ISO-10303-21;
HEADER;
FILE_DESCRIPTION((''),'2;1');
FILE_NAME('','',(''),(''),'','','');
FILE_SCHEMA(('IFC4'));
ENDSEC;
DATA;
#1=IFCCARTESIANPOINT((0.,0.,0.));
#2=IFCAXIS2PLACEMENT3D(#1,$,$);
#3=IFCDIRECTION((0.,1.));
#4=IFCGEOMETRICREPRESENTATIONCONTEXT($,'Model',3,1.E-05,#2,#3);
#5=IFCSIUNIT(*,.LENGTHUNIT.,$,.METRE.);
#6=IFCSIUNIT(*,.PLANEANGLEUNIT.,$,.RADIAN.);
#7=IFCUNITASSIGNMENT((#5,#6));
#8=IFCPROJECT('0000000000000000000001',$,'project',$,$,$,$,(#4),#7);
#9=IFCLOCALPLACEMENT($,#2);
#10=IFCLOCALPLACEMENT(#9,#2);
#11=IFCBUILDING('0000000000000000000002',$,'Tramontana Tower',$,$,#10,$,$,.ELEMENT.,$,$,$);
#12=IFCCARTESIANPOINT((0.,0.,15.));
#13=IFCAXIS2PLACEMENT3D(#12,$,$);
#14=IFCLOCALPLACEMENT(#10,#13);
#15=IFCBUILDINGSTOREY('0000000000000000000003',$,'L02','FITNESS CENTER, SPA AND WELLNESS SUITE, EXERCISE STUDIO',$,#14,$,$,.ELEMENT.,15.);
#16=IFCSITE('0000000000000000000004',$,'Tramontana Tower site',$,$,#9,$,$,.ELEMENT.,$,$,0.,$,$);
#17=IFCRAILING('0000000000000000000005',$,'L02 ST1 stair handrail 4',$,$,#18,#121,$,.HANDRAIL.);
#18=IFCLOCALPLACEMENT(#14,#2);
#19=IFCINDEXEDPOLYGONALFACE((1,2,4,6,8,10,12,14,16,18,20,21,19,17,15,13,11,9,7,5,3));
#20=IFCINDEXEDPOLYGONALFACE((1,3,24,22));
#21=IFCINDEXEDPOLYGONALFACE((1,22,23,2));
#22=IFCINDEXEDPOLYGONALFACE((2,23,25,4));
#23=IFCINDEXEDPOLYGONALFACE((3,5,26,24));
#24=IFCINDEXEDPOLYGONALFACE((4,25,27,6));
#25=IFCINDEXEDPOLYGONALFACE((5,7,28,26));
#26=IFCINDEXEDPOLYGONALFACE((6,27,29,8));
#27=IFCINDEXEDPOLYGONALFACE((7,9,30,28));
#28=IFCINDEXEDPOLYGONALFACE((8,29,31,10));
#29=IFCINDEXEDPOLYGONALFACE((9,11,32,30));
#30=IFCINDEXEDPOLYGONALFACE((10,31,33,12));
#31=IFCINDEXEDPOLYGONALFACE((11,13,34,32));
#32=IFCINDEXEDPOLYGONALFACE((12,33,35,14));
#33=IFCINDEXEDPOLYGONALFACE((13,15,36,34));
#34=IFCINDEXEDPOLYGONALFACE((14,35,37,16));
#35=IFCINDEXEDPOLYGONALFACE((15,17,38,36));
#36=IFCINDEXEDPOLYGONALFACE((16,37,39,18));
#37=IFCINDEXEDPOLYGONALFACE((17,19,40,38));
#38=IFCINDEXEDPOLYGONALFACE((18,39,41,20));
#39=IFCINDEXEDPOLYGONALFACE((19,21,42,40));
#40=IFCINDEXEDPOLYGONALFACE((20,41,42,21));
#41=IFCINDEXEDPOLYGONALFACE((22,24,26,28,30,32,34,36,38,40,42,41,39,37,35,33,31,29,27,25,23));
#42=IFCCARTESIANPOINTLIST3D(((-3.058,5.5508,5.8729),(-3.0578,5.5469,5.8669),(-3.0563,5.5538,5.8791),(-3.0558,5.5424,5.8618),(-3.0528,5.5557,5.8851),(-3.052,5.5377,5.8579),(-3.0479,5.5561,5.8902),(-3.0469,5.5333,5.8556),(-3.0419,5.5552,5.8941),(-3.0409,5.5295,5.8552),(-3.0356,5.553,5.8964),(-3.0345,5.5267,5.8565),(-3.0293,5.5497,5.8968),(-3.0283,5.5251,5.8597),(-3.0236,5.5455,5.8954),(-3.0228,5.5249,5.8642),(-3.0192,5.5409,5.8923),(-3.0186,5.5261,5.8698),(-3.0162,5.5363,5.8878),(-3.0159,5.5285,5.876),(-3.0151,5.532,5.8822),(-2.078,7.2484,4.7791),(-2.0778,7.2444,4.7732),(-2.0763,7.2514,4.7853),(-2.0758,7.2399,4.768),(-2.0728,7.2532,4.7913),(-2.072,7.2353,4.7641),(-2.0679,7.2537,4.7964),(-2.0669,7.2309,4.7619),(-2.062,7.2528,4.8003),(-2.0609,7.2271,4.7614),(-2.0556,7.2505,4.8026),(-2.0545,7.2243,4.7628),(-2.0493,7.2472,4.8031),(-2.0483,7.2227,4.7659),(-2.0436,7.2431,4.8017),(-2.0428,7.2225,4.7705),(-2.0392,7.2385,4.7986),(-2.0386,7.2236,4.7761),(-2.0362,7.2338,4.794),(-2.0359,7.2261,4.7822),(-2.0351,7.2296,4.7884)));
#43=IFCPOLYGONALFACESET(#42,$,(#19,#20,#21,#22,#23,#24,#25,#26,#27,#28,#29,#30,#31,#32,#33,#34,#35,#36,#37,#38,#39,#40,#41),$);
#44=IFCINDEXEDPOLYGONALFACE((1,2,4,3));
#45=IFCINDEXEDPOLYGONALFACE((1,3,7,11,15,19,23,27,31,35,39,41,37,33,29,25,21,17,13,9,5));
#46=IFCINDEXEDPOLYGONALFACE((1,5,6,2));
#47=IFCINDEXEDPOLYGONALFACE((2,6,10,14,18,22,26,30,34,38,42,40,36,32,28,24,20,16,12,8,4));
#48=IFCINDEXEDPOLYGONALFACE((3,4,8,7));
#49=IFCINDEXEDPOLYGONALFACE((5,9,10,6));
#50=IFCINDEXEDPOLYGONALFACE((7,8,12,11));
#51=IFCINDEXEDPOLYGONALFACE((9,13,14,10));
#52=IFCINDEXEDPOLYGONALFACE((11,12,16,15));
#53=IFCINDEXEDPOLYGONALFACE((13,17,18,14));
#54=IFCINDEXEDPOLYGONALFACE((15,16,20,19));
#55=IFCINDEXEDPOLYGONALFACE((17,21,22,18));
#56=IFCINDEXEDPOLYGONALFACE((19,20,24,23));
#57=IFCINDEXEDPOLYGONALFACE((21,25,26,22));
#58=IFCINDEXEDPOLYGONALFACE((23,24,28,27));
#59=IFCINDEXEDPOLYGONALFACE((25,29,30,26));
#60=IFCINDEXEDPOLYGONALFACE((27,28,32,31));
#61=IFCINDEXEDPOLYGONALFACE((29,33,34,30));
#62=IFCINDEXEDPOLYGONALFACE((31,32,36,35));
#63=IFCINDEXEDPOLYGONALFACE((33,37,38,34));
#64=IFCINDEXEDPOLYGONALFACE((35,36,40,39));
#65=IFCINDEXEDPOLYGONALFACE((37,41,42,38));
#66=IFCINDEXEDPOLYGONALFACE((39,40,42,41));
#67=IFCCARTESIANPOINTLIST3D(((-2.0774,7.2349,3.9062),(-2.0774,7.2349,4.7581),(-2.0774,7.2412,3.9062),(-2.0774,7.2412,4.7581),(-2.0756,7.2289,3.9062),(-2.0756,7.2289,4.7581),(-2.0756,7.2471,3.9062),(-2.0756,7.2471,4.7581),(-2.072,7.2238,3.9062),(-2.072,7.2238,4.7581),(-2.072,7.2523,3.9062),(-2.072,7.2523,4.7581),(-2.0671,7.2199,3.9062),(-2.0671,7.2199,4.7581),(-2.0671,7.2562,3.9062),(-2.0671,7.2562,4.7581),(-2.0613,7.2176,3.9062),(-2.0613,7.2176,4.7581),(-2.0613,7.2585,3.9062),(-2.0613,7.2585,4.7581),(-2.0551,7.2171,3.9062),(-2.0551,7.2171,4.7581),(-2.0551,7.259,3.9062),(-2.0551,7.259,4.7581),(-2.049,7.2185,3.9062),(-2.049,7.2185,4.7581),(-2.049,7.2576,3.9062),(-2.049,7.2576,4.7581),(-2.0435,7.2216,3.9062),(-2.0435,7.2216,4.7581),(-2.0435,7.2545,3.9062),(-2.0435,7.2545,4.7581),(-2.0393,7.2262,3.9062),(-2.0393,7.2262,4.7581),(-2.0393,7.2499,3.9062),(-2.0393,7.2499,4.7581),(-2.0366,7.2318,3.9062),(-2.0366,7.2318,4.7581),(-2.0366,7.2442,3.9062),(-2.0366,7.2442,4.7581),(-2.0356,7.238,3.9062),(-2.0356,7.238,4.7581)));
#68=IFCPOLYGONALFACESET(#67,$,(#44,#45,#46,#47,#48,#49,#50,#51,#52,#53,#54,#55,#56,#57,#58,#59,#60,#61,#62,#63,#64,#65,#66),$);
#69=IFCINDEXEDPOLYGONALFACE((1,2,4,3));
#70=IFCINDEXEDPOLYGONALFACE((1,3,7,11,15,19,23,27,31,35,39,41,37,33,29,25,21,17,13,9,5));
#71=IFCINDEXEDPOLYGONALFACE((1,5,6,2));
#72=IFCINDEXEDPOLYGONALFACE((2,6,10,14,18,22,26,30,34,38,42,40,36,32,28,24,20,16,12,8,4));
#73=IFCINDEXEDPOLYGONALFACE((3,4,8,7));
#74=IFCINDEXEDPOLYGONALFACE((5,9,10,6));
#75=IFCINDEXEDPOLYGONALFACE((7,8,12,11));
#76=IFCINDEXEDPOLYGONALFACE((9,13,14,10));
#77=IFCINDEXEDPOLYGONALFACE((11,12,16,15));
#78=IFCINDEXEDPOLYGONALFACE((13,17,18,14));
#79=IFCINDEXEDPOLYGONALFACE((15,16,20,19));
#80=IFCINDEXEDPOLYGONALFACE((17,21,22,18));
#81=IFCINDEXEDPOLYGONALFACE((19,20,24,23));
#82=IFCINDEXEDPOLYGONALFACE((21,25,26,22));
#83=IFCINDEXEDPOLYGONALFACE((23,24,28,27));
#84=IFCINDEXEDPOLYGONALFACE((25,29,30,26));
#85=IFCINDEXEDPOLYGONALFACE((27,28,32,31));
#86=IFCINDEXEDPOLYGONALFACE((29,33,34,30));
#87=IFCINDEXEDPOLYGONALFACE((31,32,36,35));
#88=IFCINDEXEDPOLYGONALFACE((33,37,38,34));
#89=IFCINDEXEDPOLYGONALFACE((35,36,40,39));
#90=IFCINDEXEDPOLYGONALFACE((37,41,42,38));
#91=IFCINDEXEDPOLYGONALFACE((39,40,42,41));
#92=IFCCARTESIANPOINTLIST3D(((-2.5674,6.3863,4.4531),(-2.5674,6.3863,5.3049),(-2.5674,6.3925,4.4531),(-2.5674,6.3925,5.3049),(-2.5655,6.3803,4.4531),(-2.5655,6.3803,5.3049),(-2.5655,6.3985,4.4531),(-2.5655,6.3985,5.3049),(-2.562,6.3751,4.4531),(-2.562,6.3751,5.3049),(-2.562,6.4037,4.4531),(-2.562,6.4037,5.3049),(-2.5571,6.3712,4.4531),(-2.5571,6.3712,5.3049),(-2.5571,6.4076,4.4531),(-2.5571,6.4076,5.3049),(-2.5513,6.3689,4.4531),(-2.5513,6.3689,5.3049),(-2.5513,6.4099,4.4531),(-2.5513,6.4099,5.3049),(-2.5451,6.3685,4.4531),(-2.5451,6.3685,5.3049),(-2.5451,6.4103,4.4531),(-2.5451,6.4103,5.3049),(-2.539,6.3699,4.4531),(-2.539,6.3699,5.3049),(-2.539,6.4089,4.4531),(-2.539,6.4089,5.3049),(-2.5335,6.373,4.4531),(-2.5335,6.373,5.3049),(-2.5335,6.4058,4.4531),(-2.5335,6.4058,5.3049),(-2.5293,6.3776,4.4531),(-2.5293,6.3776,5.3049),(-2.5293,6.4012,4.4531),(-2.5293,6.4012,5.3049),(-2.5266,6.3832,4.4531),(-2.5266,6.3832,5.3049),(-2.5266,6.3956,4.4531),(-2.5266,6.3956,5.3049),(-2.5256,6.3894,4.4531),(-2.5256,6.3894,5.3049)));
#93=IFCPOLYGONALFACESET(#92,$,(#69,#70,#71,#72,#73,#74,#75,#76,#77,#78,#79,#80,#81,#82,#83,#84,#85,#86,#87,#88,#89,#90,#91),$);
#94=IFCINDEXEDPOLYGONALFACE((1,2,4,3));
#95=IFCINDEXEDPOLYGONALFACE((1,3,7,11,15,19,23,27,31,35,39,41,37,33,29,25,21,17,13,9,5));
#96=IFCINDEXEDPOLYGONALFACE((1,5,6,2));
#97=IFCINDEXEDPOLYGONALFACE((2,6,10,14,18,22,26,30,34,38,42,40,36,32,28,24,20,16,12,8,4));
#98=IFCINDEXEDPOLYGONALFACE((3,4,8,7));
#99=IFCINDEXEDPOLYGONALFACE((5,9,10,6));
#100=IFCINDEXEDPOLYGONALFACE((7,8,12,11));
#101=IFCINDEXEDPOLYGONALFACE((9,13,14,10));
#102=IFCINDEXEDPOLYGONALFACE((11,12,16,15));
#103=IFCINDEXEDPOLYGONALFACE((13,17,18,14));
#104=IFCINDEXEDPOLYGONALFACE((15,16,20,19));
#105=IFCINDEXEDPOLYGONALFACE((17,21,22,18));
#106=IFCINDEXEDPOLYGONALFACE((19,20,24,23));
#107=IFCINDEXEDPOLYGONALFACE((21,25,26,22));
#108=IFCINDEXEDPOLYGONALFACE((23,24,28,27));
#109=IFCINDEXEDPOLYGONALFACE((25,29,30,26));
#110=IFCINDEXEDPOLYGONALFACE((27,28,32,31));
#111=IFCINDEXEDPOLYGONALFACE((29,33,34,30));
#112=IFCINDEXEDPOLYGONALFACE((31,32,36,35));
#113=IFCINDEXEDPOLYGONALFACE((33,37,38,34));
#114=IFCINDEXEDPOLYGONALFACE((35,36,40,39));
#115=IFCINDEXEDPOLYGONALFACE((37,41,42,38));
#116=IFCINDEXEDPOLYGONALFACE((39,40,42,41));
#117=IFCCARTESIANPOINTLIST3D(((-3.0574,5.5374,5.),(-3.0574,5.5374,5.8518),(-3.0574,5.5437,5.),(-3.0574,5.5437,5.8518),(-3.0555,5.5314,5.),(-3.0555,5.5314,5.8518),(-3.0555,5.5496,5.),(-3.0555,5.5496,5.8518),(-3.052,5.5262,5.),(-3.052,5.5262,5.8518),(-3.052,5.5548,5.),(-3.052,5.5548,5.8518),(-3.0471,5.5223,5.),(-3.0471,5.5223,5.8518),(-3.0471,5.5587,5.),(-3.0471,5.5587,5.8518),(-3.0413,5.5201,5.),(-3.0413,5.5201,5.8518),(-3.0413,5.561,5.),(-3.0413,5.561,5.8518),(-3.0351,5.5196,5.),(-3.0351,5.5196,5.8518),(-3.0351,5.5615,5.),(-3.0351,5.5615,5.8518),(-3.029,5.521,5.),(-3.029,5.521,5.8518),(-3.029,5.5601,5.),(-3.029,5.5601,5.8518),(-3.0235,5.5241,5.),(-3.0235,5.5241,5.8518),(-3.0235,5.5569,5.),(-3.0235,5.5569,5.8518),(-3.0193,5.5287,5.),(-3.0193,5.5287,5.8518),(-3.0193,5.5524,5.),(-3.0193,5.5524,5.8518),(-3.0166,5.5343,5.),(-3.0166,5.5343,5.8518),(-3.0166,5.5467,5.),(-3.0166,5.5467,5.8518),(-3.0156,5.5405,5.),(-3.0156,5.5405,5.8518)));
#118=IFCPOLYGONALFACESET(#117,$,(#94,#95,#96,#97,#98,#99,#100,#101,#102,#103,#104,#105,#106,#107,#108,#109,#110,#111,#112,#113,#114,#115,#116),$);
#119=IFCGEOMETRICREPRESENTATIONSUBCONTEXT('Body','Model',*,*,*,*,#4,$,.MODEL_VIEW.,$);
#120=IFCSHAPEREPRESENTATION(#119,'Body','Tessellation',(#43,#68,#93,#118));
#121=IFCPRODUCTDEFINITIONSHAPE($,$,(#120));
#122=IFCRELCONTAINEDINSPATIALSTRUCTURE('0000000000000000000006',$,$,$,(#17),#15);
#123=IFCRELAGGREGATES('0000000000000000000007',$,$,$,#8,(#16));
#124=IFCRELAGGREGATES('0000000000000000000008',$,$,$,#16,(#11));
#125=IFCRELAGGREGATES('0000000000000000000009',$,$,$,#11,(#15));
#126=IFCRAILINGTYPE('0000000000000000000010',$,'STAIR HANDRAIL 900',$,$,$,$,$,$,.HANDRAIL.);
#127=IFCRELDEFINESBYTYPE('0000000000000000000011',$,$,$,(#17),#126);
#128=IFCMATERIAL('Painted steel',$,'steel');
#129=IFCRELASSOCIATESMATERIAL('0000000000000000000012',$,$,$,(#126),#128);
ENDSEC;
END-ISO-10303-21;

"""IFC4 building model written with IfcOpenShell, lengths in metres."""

from ifc_helpers import new_model, si_unit, direction, frame, origin, origin_2d, place, context, subcontext, project, spatial, circle, extrude, material, type_object, element, save


model = new_model("IFC4")

# Units and contexts
model_context = context("Model", 3, precision=1e-05, world=origin(), true_north=direction((0.0, 1.0)))
body_context = subcontext(model_context, "Body", "Model", "MODEL_VIEW")
ifc_project = project(units=[si_unit("LENGTHUNIT", "METRE"), si_unit("PLANEANGLEUNIT", "RADIAN")], contexts=[model_context])

# Site, building, storey
site_placement = place(None, origin())
site = spatial("IfcSite", under=ifc_project, at=site_placement, Name="Tramontana Tower site", CompositionType="ELEMENT", RefElevation=0.0)
building_placement = place(site_placement, origin())
building = spatial("IfcBuilding", under=site, at=building_placement, Name="Tramontana Tower", CompositionType="ELEMENT")
storey_placement = place(building_placement, frame((0.0, 0.0, 15.0)))
storey = spatial("IfcBuildingStorey", under=building, at=storey_placement, Name="L02", Description="FITNESS CENTER, SPA AND WELLNESS SUITE, EXERCISE STUDIO", CompositionType="ELEMENT", Elevation=15.0)

# Railing
ifc_material_1 = material(Name="Painted steel", Category="steel")
railing_type = type_object("IfcRailingType", Name="STAIR HANDRAIL 900", PredefinedType="HANDRAIL", material=ifc_material_1)
railing_placement = place(storey_placement, frame((-2.0566, 7.238, 3.9062)))
element("IfcRailing", 1, at=railing_placement, inside=storey, type_object=railing_type, Name="L02 ST1 stair handrail 4", PredefinedType="HANDRAIL", context=body_context, shape_type="SweptSolid", body=[
    extrude(circle(Radius=0.0239, at=origin_2d()), frame((0.0, 0.0, 0.876), z_axis=(-0.436596, -0.756267, 0.487282), x_axis=(0.866042, -0.49997, 0.0)), (0.0, 0.0, 1.0), 2.2446),
    extrude(circle(Radius=0.021, at=origin_2d()), origin(), (0.0, 0.0, 1.0), 0.8518),
    extrude(circle(Radius=0.021, at=origin_2d()), frame((-0.49, -0.8486, 0.5469)), (0.0, 0.0, 1.0), 0.8518),
    extrude(circle(Radius=0.021, at=origin_2d()), frame((-0.98, -1.6975, 1.0938)), (0.0, 0.0, 1.0), 0.8518),
])

save(model, "model.ifc")
